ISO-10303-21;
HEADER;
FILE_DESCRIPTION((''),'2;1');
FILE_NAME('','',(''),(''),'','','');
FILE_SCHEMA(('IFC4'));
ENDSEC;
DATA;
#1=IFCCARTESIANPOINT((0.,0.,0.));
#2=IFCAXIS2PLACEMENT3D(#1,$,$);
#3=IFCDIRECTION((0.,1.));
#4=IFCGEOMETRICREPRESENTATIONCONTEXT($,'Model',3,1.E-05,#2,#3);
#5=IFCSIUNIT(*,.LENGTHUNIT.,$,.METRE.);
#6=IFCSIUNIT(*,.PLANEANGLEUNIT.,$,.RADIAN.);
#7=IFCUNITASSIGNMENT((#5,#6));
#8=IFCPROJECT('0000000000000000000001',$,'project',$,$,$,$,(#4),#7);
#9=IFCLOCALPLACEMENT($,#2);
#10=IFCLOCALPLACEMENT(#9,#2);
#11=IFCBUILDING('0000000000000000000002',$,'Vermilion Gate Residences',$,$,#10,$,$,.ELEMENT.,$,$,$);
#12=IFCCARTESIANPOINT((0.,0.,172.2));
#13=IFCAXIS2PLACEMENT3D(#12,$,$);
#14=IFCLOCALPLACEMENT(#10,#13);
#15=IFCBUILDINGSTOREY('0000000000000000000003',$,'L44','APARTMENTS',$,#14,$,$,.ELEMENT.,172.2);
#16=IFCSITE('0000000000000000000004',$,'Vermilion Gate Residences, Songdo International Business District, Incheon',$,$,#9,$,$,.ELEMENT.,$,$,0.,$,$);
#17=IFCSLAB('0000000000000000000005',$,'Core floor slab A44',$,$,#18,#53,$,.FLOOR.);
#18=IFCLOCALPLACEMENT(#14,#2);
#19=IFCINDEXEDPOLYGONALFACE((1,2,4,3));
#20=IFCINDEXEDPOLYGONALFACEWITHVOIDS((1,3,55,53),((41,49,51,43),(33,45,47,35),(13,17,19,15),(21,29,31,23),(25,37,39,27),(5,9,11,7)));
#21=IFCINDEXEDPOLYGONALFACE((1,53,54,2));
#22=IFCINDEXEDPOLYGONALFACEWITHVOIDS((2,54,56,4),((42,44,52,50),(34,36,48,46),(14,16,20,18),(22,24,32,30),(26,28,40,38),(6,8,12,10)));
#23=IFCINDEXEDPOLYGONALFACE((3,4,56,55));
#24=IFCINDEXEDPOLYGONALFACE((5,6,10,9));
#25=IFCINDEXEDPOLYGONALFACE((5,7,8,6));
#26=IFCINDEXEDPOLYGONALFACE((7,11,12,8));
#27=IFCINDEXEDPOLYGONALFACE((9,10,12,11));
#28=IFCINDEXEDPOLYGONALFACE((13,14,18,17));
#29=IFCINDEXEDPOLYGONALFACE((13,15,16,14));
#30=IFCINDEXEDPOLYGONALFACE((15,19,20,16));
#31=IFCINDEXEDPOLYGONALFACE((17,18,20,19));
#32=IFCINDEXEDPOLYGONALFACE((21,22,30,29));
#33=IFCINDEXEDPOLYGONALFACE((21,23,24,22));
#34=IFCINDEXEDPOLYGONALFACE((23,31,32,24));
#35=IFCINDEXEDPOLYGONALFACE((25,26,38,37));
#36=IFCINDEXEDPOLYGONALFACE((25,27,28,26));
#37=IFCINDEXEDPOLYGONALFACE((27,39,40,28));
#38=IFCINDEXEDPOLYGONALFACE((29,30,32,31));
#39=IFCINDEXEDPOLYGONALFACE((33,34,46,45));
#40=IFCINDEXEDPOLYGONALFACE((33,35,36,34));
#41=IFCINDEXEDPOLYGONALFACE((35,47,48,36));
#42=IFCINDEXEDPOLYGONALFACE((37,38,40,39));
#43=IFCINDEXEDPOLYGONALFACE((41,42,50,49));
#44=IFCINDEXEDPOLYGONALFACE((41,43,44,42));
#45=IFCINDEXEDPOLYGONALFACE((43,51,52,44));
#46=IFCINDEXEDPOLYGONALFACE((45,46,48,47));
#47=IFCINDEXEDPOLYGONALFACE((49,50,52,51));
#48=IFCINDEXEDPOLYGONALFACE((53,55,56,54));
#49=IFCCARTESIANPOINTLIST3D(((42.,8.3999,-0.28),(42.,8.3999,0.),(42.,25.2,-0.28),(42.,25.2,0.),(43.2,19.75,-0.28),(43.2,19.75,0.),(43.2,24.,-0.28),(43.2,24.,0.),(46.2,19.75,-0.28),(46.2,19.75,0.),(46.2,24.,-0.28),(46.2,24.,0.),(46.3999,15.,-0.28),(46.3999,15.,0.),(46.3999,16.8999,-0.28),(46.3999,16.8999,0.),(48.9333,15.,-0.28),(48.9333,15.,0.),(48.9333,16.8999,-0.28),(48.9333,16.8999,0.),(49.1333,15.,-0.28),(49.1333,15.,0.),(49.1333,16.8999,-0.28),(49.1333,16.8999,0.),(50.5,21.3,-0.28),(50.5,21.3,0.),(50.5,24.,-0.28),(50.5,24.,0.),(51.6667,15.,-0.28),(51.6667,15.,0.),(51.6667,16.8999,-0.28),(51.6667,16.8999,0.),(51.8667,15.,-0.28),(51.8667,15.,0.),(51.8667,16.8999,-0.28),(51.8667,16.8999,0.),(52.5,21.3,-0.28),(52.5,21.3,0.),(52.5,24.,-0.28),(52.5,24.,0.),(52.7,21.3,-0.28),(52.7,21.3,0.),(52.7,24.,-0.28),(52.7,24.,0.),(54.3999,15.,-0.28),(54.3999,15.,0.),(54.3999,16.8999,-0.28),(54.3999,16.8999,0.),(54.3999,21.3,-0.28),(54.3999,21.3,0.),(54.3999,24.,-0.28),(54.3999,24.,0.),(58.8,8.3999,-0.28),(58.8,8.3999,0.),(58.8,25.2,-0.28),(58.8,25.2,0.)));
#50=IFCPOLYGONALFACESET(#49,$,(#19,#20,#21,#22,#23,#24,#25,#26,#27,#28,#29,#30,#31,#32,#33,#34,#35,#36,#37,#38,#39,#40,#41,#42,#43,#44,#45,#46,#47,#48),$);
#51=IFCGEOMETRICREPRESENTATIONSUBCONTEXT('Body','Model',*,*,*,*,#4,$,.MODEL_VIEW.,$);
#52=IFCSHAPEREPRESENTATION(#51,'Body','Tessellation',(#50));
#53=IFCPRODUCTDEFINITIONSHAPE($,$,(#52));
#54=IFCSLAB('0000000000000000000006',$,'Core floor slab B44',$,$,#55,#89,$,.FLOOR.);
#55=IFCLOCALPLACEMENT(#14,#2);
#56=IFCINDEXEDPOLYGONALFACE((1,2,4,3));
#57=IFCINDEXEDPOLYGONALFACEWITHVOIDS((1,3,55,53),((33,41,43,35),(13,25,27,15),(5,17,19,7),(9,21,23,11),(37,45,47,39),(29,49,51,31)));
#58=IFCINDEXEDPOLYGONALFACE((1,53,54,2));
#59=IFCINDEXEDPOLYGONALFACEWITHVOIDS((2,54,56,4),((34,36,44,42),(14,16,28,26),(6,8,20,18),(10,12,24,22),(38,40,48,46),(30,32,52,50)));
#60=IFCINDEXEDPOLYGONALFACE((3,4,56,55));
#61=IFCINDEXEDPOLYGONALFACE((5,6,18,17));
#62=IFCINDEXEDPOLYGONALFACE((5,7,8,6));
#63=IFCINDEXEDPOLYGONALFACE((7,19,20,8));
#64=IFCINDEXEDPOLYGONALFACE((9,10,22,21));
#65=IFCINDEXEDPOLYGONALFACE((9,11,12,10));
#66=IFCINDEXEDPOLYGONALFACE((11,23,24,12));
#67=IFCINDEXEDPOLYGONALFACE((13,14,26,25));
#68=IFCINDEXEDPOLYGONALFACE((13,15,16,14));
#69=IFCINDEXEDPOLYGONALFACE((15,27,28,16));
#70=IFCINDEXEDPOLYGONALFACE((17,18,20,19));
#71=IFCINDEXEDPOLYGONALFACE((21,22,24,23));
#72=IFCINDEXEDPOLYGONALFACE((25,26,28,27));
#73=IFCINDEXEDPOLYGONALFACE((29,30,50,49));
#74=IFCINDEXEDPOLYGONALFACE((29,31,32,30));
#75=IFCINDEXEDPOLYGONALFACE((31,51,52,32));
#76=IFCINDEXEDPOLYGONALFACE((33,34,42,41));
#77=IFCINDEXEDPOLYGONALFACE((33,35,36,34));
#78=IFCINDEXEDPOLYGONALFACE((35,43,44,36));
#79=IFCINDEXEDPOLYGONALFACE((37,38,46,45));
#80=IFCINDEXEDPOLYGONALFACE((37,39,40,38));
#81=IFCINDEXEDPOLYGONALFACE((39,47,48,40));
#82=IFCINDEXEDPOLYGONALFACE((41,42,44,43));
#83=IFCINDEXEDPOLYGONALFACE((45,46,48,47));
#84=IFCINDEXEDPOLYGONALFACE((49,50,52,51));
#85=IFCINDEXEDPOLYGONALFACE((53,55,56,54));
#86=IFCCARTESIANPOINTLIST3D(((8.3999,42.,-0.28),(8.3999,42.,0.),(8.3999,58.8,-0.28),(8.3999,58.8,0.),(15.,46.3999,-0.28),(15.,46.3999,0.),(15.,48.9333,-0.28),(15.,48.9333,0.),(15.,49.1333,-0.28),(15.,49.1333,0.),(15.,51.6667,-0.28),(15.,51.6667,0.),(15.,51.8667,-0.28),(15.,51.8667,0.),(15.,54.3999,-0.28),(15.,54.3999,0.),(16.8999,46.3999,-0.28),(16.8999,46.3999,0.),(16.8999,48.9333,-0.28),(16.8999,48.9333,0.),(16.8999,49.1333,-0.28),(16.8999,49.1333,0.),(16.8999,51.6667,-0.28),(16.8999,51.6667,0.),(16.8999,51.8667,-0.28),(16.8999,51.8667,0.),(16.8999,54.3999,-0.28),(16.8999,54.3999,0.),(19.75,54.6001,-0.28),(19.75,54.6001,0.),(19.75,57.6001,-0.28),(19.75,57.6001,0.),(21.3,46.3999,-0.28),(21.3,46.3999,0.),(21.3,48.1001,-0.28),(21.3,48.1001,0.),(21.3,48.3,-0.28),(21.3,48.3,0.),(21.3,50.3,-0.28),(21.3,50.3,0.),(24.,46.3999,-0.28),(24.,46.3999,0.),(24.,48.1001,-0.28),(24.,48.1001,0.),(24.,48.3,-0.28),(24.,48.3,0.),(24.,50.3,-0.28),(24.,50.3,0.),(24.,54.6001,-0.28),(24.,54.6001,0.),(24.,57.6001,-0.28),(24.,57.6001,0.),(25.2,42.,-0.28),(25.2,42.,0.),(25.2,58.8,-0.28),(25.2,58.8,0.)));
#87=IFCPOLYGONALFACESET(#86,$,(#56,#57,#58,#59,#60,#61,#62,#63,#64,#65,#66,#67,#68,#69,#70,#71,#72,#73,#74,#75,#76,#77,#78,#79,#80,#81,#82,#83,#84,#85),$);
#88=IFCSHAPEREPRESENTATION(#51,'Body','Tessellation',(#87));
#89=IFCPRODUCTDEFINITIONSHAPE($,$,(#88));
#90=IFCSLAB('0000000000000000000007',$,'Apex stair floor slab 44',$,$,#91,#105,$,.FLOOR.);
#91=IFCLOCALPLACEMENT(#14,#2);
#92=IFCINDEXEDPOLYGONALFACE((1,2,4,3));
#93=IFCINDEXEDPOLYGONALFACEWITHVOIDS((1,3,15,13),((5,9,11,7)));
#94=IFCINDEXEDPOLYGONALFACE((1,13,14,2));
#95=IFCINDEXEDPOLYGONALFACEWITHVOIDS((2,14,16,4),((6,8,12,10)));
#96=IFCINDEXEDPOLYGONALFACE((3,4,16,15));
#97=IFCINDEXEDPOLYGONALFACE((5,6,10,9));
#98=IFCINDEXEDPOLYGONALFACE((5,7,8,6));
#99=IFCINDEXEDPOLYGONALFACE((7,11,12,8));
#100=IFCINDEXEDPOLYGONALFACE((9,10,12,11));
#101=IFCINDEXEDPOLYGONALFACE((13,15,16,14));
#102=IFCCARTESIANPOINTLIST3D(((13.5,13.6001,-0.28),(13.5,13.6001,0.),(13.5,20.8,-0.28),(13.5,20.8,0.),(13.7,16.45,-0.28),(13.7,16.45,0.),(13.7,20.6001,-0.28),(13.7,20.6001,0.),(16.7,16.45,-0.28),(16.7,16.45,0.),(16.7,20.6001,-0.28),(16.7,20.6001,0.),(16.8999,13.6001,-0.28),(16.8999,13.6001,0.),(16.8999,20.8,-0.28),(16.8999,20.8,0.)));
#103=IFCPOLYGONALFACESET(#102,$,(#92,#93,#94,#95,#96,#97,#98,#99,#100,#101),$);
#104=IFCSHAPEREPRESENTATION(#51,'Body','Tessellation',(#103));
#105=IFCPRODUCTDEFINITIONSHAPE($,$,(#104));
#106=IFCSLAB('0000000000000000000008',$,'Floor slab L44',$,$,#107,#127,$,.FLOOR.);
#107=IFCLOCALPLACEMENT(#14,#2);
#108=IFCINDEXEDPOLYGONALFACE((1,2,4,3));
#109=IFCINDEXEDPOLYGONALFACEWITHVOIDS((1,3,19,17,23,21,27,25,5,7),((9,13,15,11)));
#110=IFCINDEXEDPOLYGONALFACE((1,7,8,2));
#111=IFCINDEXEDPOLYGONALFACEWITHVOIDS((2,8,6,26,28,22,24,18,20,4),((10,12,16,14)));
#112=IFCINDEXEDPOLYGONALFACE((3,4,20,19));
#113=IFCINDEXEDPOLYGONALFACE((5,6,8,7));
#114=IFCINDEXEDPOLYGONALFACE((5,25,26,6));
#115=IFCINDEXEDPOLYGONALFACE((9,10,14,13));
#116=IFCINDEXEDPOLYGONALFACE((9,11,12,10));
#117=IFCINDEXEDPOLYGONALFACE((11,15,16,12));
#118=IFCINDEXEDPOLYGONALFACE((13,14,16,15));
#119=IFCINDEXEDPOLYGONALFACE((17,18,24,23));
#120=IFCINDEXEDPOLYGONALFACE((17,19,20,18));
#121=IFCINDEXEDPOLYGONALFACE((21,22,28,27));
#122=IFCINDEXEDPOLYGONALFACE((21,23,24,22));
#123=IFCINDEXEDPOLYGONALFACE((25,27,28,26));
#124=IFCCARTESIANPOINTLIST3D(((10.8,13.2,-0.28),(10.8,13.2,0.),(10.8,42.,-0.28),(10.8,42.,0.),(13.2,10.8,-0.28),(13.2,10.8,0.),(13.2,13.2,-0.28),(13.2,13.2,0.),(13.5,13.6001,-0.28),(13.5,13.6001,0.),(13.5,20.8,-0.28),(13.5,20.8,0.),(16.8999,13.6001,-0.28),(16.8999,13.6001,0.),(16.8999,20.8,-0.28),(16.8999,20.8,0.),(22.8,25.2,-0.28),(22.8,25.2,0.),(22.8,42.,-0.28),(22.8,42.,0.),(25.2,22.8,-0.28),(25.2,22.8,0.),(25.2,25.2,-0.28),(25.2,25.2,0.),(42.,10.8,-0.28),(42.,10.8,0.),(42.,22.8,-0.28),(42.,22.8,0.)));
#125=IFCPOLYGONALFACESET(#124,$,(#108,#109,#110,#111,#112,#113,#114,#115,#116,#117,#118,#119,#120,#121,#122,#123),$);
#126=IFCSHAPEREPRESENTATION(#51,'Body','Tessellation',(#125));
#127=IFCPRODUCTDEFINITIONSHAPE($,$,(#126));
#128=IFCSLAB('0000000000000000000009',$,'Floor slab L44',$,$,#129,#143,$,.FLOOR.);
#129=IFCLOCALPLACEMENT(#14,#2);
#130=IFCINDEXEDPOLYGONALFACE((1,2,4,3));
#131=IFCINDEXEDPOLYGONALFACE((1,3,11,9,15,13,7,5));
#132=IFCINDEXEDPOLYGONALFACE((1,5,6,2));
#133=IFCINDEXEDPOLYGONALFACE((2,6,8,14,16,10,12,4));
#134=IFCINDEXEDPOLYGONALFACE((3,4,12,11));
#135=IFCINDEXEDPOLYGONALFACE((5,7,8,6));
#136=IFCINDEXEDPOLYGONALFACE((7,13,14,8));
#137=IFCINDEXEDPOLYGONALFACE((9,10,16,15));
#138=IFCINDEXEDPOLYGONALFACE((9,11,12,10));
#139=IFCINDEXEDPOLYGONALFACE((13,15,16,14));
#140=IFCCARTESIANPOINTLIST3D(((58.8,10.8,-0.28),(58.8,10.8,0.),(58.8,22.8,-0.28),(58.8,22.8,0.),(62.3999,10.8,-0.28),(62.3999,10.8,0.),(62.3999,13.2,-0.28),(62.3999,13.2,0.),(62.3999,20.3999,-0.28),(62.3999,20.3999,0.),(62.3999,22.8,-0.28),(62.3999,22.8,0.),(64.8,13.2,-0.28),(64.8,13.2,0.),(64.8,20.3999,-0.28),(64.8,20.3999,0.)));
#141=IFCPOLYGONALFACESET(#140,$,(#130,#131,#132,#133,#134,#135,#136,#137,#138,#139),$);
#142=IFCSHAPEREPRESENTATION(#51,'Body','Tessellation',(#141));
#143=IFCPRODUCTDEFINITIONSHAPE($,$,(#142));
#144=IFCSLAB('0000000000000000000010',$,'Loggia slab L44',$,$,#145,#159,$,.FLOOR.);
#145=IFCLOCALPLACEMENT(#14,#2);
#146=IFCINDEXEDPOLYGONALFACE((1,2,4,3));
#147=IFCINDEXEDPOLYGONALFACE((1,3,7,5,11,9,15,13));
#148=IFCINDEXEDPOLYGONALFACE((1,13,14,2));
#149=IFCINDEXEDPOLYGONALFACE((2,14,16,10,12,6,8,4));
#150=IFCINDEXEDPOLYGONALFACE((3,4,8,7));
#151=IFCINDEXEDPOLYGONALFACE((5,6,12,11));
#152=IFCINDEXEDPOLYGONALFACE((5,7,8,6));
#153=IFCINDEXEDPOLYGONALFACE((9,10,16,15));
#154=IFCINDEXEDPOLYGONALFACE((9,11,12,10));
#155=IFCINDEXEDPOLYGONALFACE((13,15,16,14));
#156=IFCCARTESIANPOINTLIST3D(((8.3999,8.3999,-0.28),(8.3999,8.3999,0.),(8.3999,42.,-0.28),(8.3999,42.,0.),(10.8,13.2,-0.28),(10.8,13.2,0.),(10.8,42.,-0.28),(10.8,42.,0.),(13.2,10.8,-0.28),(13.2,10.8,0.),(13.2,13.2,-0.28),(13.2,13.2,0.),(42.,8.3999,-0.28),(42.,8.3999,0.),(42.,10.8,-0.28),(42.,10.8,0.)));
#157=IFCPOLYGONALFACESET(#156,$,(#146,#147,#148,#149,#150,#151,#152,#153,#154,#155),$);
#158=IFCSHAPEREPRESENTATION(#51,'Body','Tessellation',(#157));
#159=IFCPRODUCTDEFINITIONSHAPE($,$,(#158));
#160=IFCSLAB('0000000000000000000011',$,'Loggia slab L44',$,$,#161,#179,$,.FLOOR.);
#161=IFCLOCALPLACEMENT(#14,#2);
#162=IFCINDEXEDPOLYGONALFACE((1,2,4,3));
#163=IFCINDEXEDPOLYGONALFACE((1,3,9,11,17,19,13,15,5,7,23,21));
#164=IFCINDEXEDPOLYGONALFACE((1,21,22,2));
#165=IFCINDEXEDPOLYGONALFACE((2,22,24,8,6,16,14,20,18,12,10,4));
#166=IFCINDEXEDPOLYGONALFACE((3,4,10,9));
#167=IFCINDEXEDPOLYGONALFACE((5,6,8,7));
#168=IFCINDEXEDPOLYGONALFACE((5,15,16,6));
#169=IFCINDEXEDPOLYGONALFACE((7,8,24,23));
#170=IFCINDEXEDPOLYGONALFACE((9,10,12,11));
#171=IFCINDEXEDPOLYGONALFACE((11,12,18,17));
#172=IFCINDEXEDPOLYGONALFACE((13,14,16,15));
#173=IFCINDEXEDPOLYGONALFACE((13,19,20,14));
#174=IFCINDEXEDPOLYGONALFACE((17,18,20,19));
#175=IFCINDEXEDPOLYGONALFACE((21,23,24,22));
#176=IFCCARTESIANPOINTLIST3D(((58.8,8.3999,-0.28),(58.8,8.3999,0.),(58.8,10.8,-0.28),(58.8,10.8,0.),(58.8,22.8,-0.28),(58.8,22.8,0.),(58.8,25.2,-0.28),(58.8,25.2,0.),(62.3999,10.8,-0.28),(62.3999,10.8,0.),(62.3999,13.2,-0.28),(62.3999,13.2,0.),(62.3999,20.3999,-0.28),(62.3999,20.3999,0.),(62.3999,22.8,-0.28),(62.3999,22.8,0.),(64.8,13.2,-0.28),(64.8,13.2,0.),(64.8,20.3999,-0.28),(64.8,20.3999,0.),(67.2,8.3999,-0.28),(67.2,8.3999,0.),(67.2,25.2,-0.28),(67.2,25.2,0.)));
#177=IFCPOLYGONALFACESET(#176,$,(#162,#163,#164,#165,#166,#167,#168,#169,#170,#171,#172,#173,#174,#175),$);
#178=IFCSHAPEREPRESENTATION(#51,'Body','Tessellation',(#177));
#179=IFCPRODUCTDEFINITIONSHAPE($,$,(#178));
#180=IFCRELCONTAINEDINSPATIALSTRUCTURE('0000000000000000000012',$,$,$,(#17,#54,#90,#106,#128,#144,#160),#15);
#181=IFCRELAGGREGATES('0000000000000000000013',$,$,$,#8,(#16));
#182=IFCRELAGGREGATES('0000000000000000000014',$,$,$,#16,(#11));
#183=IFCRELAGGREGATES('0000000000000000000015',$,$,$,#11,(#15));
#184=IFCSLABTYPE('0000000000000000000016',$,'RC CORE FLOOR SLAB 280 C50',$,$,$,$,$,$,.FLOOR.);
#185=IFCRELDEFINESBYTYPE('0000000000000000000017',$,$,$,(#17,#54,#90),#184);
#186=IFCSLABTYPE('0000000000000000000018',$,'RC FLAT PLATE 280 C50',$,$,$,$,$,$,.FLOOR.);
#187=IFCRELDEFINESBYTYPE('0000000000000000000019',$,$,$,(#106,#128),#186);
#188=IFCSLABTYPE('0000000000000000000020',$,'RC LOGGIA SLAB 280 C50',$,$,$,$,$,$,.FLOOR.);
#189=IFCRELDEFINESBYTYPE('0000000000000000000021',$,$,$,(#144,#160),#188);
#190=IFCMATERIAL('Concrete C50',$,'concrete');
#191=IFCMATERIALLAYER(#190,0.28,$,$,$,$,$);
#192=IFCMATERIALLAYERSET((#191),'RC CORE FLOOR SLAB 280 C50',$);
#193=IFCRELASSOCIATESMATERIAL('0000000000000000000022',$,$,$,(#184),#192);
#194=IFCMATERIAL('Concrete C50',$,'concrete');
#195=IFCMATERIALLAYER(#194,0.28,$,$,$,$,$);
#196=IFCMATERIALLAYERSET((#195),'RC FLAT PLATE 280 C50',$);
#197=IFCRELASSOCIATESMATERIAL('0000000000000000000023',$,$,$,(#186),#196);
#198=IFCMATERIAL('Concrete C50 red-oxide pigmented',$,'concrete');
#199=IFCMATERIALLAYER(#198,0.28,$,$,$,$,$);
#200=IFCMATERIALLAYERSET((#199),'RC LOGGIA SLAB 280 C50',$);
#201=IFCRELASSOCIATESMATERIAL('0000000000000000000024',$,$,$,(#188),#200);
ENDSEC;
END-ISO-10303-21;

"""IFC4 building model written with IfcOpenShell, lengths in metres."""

from ifc_helpers import new_model, si_unit, direction, frame, origin, place, context, subcontext, project, spatial, polyline, outline, extrude, material, layer, layer_set, type_object, element, save


model = new_model("IFC4")

# Units and contexts
model_context = context("Model", 3, precision=1e-05, world=origin(), true_north=direction((0.0, 1.0)))
body_context = subcontext(model_context, "Body", "Model", "MODEL_VIEW")
ifc_project = project(units=[si_unit("LENGTHUNIT", "METRE"), si_unit("PLANEANGLEUNIT", "RADIAN")], contexts=[model_context])

# Site, building, storey
site_placement = place(None, origin())
site = spatial("IfcSite", under=ifc_project, at=site_placement, Name="Vermilion Gate Residences, Songdo International Business District, Incheon", CompositionType="ELEMENT", RefElevation=0.0)
building_placement = place(site_placement, origin())
building = spatial("IfcBuilding", under=site, at=building_placement, Name="Vermilion Gate Residences", CompositionType="ELEMENT")
storey_placement = place(building_placement, frame((0.0, 0.0, 172.2)))
storey = spatial("IfcBuildingStorey", under=building, at=storey_placement, Name="L44", Description="APARTMENTS", CompositionType="ELEMENT", Elevation=172.2)

# Slabs
ifc_material_1 = material(Name="Concrete C50", Category="concrete")
ifc_layer_1 = layer(ifc_material_1, 0.28)
ifc_layer_set_1 = layer_set([ifc_layer_1], Name="RC CORE FLOOR SLAB 280 C50")
slab_type_1 = type_object("IfcSlabType", Name="RC CORE FLOOR SLAB 280 C50", PredefinedType="FLOOR", material=ifc_layer_set_1)
slab_1_placement = place(storey_placement, frame((0.0, 0.0, -0.28)))
element("IfcSlab", 1, at=slab_1_placement, inside=storey, type_object=slab_type_1, Name="Core floor slab A44", PredefinedType="FLOOR", context=body_context, shape_type="SweptSolid", body=[
    extrude(outline(polyline([(42.0, 8.3999), (58.8, 8.3999), (58.8, 25.2), (42.0, 25.2), (42.0, 8.3999)]), holes=[polyline([(46.3999, 15.0), (46.3999, 16.8999), (48.9333, 16.8999), (48.9333, 15.0), (46.3999, 15.0)]), polyline([(49.1333, 16.8999), (51.6667, 16.8999), (51.6667, 15.0), (49.1333, 15.0), (49.1333, 16.8999)]), polyline([(51.8667, 16.8999), (54.3999, 16.8999), (54.3999, 15.0), (51.8667, 15.0), (51.8667, 16.8999)]), polyline([(43.2, 19.75), (43.2, 24.0), (46.2, 24.0), (46.2, 19.75), (43.2, 19.75)]), polyline([(50.5, 24.0), (52.5, 24.0), (52.5, 21.3), (50.5, 21.3), (50.5, 24.0)]), polyline([(52.7, 24.0), (54.3999, 24.0), (54.3999, 21.3), (52.7, 21.3), (52.7, 24.0)])]), origin(), (0.0, 0.0, 1.0), 0.28),
])
slab_2_placement = place(storey_placement, frame((0.0, 0.0, -0.28)))
element("IfcSlab", 2, at=slab_2_placement, inside=storey, type_object=slab_type_1, Name="Core floor slab B44", PredefinedType="FLOOR", context=body_context, shape_type="SweptSolid", body=[
    extrude(outline(polyline([(8.3999, 42.0), (25.2, 42.0), (25.2, 58.8), (8.3999, 58.8), (8.3999, 42.0)]), holes=[polyline([(21.3, 46.3999), (21.3, 48.1001), (24.0, 48.1001), (24.0, 46.3999), (21.3, 46.3999)]), polyline([(15.0, 48.9333), (16.8999, 48.9333), (16.8999, 46.3999), (15.0, 46.3999), (15.0, 48.9333)]), polyline([(21.3, 50.3), (24.0, 50.3), (24.0, 48.3), (21.3, 48.3), (21.3, 50.3)]), polyline([(15.0, 49.1333), (15.0, 51.6667), (16.8999, 51.6667), (16.8999, 49.1333), (15.0, 49.1333)]), polyline([(15.0, 54.3999), (16.8999, 54.3999), (16.8999, 51.8667), (15.0, 51.8667), (15.0, 54.3999)]), polyline([(19.75, 57.6001), (24.0, 57.6001), (24.0, 54.6001), (19.75, 54.6001), (19.75, 57.6001)])]), origin(), (0.0, 0.0, 1.0), 0.28),
])
slab_3_placement = place(storey_placement, frame((0.0, 0.0, -0.28)))
element("IfcSlab", 3, at=slab_3_placement, inside=storey, type_object=slab_type_1, Name="Apex stair floor slab 44", PredefinedType="FLOOR", context=body_context, shape_type="SweptSolid", body=[
    extrude(outline(polyline([(13.5, 13.6001), (16.8999, 13.6001), (16.8999, 20.8), (13.5, 20.8), (13.5, 13.6001)]), holes=[polyline([(16.7, 20.6001), (16.7, 16.45), (13.7, 16.45), (13.7, 20.6001), (16.7, 20.6001)])]), origin(), (0.0, 0.0, 1.0), 0.28),
])
ifc_material_2 = material(Name="Concrete C50", Category="concrete")
ifc_layer_2 = layer(ifc_material_2, 0.28)
ifc_layer_set_2 = layer_set([ifc_layer_2], Name="RC FLAT PLATE 280 C50")
slab_type_2 = type_object("IfcSlabType", Name="RC FLAT PLATE 280 C50", PredefinedType="FLOOR", material=ifc_layer_set_2)
slab_4_placement = place(storey_placement, frame((0.0, 0.0, -0.28)))
element("IfcSlab", 4, at=slab_4_placement, inside=storey, type_object=slab_type_2, Name="Floor slab L44", PredefinedType="FLOOR", context=body_context, shape_type="SweptSolid", body=[
    extrude(outline(polyline([(22.8, 25.2), (22.8, 42.0), (10.8, 42.0), (10.8, 13.2), (13.2, 13.2), (13.2, 10.8), (42.0, 10.8), (42.0, 22.8), (25.2, 22.8), (25.2, 25.2), (22.8, 25.2)]), holes=[polyline([(13.5, 13.6001), (13.5, 20.8), (16.8999, 20.8), (16.8999, 13.6001), (13.5, 13.6001)])]), origin(), (0.0, 0.0, 1.0), 0.28),
])
slab_5_placement = place(storey_placement, frame((0.0, 0.0, -0.28)))
element("IfcSlab", 5, at=slab_5_placement, inside=storey, type_object=slab_type_2, Name="Floor slab L44", PredefinedType="FLOOR", context=body_context, shape_type="SweptSolid", body=[
    extrude(outline(polyline([(58.8, 22.8), (58.8, 10.8), (62.3999, 10.8), (62.3999, 13.2), (64.8, 13.2), (64.8, 20.3999), (62.3999, 20.3999), (62.3999, 22.8), (58.8, 22.8)])), origin(), (0.0, 0.0, 1.0), 0.28),
])
ifc_material_3 = material(Name="Concrete C50 red-oxide pigmented", Category="concrete")
ifc_layer_3 = layer(ifc_material_3, 0.28)
ifc_layer_set_3 = layer_set([ifc_layer_3], Name="RC LOGGIA SLAB 280 C50")
slab_type_3 = type_object("IfcSlabType", Name="RC LOGGIA SLAB 280 C50", PredefinedType="FLOOR", material=ifc_layer_set_3)
slab_6_placement = place(storey_placement, frame((0.0, 0.0, -0.28)))
element("IfcSlab", 6, at=slab_6_placement, inside=storey, type_object=slab_type_3, Name="Loggia slab L44", PredefinedType="FLOOR", context=body_context, shape_type="SweptSolid", body=[
    extrude(outline(polyline([(8.3999, 42.0), (8.3999, 8.3999), (42.0, 8.3999), (42.0, 10.8), (13.2, 10.8), (13.2, 13.2), (10.8, 13.2), (10.8, 42.0), (8.3999, 42.0)])), origin(), (0.0, 0.0, 1.0), 0.28),
])
slab_7_placement = place(storey_placement, frame((0.0, 0.0, -0.28)))
element("IfcSlab", 7, at=slab_7_placement, inside=storey, type_object=slab_type_3, Name="Loggia slab L44", PredefinedType="FLOOR", context=body_context, shape_type="SweptSolid", body=[
    extrude(outline(polyline([(64.8, 13.2), (62.3999, 13.2), (62.3999, 10.8), (58.8, 10.8), (58.8, 8.3999), (67.2, 8.3999), (67.2, 25.2), (58.8, 25.2), (58.8, 22.8), (62.3999, 22.8), (62.3999, 20.3999), (64.8, 20.3999), (64.8, 13.2)])), origin(), (0.0, 0.0, 1.0), 0.28),
])

save(model, "model.ifc")
